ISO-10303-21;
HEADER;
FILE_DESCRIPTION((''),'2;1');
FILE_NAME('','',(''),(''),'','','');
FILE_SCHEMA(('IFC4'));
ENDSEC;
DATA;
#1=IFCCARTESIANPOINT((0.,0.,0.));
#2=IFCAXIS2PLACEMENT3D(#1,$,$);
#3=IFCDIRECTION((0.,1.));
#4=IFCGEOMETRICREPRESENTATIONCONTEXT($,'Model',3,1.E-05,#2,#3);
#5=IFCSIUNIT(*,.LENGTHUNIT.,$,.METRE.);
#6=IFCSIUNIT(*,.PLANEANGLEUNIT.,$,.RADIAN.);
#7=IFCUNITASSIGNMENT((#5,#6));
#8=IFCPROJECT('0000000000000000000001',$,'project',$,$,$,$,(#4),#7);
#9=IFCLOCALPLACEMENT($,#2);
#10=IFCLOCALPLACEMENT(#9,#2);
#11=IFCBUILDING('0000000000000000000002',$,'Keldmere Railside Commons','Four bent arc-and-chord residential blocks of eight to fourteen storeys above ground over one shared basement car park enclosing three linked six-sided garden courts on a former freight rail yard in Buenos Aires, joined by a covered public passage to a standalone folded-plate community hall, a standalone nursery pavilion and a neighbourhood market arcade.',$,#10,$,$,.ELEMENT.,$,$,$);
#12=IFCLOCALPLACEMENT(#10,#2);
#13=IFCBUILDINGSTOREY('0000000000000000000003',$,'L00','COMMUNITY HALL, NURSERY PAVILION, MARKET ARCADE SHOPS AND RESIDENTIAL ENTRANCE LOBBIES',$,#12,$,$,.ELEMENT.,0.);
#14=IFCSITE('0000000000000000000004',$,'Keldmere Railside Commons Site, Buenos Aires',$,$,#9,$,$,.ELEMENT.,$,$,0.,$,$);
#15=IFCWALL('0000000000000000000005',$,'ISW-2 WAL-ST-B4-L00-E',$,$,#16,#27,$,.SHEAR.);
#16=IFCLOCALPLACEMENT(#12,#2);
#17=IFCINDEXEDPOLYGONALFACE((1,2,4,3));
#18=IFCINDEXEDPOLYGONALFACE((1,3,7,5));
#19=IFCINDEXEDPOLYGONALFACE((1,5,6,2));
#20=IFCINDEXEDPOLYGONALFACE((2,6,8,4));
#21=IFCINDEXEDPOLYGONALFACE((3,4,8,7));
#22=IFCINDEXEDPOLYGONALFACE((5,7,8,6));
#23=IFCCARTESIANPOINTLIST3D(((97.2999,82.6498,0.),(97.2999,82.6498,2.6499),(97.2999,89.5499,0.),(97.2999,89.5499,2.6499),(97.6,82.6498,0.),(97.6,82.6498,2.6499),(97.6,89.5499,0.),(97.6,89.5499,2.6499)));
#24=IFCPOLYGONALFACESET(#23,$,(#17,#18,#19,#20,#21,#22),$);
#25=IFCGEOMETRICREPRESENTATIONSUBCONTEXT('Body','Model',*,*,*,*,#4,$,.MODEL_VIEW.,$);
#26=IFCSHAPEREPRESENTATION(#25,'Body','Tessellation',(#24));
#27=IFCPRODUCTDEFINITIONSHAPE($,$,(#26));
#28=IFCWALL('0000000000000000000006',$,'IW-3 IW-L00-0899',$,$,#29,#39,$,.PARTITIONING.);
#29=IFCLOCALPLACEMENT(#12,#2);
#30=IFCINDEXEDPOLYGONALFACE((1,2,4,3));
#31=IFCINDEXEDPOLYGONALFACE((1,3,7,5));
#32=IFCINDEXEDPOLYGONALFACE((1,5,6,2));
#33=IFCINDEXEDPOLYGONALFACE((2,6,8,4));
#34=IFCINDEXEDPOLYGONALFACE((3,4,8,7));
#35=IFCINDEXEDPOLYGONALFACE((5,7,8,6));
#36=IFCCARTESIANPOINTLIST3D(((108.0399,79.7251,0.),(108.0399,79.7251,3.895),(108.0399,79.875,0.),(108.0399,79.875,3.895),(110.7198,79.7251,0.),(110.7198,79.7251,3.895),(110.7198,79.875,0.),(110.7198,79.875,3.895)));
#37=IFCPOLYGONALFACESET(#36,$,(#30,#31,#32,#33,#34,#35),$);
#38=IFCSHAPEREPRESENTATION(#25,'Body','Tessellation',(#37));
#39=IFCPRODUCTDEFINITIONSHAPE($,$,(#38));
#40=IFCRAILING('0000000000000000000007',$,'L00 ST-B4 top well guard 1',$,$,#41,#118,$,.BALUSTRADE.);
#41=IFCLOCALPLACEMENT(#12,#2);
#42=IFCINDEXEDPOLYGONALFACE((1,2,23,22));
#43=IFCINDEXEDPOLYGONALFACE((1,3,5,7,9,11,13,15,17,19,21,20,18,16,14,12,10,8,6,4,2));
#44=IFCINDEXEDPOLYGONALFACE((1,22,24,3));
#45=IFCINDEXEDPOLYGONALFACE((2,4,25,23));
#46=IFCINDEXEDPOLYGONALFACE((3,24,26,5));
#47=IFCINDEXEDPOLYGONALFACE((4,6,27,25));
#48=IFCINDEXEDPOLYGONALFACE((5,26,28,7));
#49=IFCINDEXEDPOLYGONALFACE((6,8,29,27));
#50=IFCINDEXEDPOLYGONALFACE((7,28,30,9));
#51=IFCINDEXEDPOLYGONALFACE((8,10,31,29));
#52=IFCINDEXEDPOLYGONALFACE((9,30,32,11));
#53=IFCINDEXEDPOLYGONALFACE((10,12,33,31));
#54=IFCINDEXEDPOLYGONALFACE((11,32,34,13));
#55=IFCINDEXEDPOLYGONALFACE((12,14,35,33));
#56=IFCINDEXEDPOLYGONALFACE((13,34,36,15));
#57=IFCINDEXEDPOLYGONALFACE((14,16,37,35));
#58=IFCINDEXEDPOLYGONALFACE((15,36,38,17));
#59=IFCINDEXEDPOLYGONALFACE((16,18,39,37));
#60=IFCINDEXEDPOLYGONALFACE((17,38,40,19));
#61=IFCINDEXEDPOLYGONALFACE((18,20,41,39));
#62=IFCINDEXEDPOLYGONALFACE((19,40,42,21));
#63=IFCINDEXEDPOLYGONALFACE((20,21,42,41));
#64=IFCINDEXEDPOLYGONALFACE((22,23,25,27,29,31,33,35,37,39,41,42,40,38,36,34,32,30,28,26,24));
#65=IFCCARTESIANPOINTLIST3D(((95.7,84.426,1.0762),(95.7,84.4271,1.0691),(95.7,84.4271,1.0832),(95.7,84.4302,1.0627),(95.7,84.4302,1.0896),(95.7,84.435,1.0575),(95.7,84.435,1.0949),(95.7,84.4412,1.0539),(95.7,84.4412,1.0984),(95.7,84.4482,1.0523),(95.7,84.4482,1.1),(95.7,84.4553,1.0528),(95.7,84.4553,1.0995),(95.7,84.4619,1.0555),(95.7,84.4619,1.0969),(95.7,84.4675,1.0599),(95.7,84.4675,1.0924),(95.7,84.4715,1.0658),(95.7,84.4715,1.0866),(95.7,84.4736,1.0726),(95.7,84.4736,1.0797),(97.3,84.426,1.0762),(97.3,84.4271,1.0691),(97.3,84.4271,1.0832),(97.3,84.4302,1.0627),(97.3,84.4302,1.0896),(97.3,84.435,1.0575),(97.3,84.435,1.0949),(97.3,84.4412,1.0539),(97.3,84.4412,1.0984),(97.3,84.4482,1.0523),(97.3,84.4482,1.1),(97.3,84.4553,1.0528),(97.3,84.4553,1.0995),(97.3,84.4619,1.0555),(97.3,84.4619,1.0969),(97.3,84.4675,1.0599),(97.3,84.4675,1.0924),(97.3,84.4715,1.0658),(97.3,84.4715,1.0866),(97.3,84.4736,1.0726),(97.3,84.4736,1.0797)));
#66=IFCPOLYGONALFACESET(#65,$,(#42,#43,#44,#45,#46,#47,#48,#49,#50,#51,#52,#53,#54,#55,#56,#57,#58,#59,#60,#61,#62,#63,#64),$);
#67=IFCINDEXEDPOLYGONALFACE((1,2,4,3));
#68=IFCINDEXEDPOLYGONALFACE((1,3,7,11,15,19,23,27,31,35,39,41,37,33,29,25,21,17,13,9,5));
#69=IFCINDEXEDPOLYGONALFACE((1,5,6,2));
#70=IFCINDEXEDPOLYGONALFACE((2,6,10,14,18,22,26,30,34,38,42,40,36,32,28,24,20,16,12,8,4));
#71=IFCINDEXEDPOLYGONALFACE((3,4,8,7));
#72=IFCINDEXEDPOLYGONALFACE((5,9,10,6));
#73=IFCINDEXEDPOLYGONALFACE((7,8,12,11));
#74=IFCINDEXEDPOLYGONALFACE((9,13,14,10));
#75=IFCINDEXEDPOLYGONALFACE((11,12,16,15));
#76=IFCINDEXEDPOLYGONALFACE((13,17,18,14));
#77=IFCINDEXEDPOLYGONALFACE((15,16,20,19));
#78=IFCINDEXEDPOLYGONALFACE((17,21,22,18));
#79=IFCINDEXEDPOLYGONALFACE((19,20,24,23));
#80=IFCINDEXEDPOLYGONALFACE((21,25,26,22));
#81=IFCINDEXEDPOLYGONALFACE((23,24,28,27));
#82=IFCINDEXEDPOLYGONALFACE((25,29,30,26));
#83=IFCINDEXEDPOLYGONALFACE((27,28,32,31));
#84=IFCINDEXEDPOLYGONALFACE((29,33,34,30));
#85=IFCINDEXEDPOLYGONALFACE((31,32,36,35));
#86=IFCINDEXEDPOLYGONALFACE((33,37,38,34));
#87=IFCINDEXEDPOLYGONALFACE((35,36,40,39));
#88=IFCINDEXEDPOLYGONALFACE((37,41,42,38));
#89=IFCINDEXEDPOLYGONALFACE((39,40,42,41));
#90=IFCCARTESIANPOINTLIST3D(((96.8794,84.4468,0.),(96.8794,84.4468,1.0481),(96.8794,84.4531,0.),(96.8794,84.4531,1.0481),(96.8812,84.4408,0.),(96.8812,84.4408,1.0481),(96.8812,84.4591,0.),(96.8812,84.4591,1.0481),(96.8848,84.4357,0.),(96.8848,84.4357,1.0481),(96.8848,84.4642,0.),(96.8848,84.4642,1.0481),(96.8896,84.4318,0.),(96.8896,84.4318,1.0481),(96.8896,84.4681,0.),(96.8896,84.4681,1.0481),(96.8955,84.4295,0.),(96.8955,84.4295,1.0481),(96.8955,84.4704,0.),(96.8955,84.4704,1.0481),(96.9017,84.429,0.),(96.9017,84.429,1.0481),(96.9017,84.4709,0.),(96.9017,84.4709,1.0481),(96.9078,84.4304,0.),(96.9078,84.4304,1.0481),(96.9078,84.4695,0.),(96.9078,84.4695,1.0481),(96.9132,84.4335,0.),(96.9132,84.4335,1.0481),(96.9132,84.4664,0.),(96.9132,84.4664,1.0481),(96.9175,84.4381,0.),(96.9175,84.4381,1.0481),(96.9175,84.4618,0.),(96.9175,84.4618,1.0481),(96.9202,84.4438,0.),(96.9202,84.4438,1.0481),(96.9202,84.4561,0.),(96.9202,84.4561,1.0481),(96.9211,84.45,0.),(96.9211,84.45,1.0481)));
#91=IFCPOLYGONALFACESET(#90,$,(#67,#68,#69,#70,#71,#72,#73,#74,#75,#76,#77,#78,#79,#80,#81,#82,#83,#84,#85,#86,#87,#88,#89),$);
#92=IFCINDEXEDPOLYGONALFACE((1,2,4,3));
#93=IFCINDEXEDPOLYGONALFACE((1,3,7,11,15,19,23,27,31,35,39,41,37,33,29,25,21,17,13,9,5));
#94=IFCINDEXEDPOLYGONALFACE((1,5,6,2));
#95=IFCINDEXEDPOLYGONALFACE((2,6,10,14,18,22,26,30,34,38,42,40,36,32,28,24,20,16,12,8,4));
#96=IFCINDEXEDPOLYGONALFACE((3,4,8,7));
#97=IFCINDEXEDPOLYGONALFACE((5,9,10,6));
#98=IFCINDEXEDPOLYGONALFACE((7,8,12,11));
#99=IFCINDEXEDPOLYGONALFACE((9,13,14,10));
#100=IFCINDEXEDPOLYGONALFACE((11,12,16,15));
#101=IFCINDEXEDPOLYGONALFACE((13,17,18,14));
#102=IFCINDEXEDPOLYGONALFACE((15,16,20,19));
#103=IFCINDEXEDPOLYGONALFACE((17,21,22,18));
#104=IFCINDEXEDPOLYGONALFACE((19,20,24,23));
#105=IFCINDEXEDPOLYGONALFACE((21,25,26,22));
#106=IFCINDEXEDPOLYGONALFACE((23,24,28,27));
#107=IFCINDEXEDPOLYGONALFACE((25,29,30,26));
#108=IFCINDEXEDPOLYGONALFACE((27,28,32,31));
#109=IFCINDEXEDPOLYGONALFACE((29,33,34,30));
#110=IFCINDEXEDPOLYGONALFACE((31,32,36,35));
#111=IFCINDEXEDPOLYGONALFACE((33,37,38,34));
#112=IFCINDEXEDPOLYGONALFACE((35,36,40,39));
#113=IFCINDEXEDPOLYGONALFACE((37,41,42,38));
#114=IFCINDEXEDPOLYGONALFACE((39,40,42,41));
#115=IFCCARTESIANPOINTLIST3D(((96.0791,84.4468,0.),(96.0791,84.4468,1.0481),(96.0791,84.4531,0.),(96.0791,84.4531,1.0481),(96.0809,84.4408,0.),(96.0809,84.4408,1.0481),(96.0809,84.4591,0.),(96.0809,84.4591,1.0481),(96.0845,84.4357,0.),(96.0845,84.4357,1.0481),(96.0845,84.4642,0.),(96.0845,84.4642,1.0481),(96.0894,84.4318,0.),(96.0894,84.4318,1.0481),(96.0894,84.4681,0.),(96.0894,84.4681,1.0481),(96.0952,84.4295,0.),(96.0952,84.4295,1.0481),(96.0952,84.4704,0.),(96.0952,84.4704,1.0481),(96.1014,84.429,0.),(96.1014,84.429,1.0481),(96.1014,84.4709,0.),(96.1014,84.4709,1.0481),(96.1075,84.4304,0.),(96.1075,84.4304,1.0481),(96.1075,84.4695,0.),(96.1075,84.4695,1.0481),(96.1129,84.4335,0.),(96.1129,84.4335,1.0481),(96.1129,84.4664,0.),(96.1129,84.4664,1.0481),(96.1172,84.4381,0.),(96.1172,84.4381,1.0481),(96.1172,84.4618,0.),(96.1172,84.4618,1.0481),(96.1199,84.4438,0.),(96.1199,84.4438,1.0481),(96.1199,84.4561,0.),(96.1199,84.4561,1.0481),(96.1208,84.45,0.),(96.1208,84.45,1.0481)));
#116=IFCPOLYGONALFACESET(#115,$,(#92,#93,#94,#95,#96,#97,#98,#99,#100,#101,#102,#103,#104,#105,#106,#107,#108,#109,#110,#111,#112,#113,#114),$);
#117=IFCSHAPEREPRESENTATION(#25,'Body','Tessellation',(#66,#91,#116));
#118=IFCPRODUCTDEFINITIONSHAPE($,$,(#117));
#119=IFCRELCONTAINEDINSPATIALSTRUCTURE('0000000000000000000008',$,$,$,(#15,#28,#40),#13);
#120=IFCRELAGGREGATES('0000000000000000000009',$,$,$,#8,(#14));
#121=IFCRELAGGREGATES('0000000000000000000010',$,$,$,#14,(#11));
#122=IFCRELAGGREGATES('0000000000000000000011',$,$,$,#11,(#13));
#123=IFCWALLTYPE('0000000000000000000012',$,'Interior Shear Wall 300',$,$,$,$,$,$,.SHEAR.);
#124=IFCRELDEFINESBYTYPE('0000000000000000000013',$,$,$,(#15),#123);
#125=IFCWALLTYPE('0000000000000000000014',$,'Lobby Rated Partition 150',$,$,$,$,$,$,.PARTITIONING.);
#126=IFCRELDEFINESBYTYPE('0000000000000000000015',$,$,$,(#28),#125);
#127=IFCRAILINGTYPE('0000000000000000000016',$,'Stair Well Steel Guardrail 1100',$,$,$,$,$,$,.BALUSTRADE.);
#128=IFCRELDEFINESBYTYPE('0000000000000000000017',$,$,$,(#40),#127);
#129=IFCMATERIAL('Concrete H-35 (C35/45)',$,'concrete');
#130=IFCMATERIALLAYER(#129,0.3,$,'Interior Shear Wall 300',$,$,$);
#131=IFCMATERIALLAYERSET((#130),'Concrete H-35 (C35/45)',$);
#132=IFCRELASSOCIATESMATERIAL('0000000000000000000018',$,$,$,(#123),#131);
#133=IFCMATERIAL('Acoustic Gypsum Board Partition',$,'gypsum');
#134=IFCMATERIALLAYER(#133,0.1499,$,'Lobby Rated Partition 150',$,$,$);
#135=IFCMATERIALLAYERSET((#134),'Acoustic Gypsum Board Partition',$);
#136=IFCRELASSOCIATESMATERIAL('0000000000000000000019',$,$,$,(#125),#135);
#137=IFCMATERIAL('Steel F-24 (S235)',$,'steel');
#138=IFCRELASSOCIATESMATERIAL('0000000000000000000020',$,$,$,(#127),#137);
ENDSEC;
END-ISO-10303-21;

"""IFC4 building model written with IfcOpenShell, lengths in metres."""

from ifc_helpers import new_model, si_unit, direction, frame, frame_2d, origin, origin_2d, place, context, subcontext, project, spatial, rectangle, circle, extrude, material, layer, layer_set, type_object, element, save


model = new_model("IFC4")

# Units and contexts
model_context = context("Model", 3, precision=1e-05, world=origin(), true_north=direction((0.0, 1.0)))
body_context = subcontext(model_context, "Body", "Model", "MODEL_VIEW")
ifc_project = project(units=[si_unit("LENGTHUNIT", "METRE"), si_unit("PLANEANGLEUNIT", "RADIAN")], contexts=[model_context])

# Site, building, storey
site_placement = place(None, origin())
site = spatial("IfcSite", under=ifc_project, at=site_placement, Name="Keldmere Railside Commons Site, Buenos Aires", CompositionType="ELEMENT", RefElevation=0.0)
building_placement = place(site_placement, origin())
building = spatial("IfcBuilding", under=site, at=building_placement, Name="Keldmere Railside Commons", Description="Four bent arc-and-chord residential blocks of eight to fourteen storeys above ground over one shared basement car park enclosing three linked six-sided garden courts on a former freight rail yard in Buenos Aires, joined by a covered public passage to a standalone folded-plate community hall, a standalone nursery pavilion and a neighbourhood market arcade.", CompositionType="ELEMENT")
storey_placement = place(building_placement, origin())
storey = spatial("IfcBuildingStorey", under=building, at=storey_placement, Name="L00", Description="COMMUNITY HALL, NURSERY PAVILION, MARKET ARCADE SHOPS AND RESIDENTIAL ENTRANCE LOBBIES", CompositionType="ELEMENT", Elevation=0.0)

# Shared definitions
ifc_material_1 = material(Name="Concrete H-35 (C35/45)", Category="concrete")
ifc_layer_1 = layer(ifc_material_1, 0.3, Name="Interior Shear Wall 300")
ifc_layer_set_1 = layer_set([ifc_layer_1], Name="Concrete H-35 (C35/45)")
wall_type_1 = type_object("IfcWallType", Name="Interior Shear Wall 300", PredefinedType="SHEAR", material=ifc_layer_set_1)
ifc_material_2 = material(Name="Steel F-24 (S235)", Category="steel")

# Walls
wall_1_placement = place(storey_placement, frame((97.45, 89.55, 0.0), z_axis=(0.0, 0.0, 1.0), x_axis=(0.0, -1.0, 0.0)))
element("IfcWall", 1, at=wall_1_placement, inside=storey, type_object=wall_type_1, Name="ISW-2 WAL-ST-B4-L00-E", PredefinedType="SHEAR", context=body_context, shape_type="SweptSolid", body=[
    extrude(rectangle(XDim=6.9001, YDim=0.3, at=frame_2d((3.4502, 0.0))), origin(), (0.0, 0.0, 1.0), 2.6499),
])
ifc_material_3 = material(Name="Acoustic Gypsum Board Partition", Category="gypsum")
ifc_layer_2 = layer(ifc_material_3, 0.1499, Name="Lobby Rated Partition 150")
ifc_layer_set_2 = layer_set([ifc_layer_2], Name="Acoustic Gypsum Board Partition")
wall_type_2 = type_object("IfcWallType", Name="Lobby Rated Partition 150", PredefinedType="PARTITIONING", material=ifc_layer_set_2)
wall_2_placement = place(storey_placement, frame((108.04, 79.8, 0.0), z_axis=(0.0, 0.0, 1.0), x_axis=(1.0, 0.0, 0.0)))
element("IfcWall", 2, at=wall_2_placement, inside=storey, type_object=wall_type_2, Name="IW-3 IW-L00-0899", PredefinedType="PARTITIONING", context=body_context, shape_type="SweptSolid", body=[
    extrude(rectangle(XDim=2.6799, YDim=0.1499, at=frame_2d((1.3398, 0.0))), origin(), (0.0, 0.0, 1.0), 3.895),
])

# Railing
railing_type = type_object("IfcRailingType", Name="Stair Well Steel Guardrail 1100", PredefinedType="BALUSTRADE", material=ifc_material_2)
railing_1_placement = place(storey_placement, frame((97.3, 84.45, 0.0)))
element("IfcRailing", 3, at=railing_1_placement, inside=storey, type_object=railing_type, Name="L00 ST-B4 top well guard 1", PredefinedType="BALUSTRADE", context=body_context, shape_type="SweptSolid", body=[
    extrude(circle(Radius=0.0239, at=origin_2d()), frame((0.0, 0.0, 1.0762), z_axis=(-1.0, 0.0, 0.0), x_axis=(0.0, -1.0, 0.0)), (0.0, 0.0, 1.0), 1.6001),
    extrude(circle(Radius=0.021, at=origin_2d()), frame((-0.3999, 0.0, 0.0)), (0.0, 0.0, 1.0), 1.0481),
    extrude(circle(Radius=0.021, at=origin_2d()), frame((-1.2002, 0.0, 0.0)), (0.0, 0.0, 1.0), 1.0481),
])

save(model, "model.ifc")
